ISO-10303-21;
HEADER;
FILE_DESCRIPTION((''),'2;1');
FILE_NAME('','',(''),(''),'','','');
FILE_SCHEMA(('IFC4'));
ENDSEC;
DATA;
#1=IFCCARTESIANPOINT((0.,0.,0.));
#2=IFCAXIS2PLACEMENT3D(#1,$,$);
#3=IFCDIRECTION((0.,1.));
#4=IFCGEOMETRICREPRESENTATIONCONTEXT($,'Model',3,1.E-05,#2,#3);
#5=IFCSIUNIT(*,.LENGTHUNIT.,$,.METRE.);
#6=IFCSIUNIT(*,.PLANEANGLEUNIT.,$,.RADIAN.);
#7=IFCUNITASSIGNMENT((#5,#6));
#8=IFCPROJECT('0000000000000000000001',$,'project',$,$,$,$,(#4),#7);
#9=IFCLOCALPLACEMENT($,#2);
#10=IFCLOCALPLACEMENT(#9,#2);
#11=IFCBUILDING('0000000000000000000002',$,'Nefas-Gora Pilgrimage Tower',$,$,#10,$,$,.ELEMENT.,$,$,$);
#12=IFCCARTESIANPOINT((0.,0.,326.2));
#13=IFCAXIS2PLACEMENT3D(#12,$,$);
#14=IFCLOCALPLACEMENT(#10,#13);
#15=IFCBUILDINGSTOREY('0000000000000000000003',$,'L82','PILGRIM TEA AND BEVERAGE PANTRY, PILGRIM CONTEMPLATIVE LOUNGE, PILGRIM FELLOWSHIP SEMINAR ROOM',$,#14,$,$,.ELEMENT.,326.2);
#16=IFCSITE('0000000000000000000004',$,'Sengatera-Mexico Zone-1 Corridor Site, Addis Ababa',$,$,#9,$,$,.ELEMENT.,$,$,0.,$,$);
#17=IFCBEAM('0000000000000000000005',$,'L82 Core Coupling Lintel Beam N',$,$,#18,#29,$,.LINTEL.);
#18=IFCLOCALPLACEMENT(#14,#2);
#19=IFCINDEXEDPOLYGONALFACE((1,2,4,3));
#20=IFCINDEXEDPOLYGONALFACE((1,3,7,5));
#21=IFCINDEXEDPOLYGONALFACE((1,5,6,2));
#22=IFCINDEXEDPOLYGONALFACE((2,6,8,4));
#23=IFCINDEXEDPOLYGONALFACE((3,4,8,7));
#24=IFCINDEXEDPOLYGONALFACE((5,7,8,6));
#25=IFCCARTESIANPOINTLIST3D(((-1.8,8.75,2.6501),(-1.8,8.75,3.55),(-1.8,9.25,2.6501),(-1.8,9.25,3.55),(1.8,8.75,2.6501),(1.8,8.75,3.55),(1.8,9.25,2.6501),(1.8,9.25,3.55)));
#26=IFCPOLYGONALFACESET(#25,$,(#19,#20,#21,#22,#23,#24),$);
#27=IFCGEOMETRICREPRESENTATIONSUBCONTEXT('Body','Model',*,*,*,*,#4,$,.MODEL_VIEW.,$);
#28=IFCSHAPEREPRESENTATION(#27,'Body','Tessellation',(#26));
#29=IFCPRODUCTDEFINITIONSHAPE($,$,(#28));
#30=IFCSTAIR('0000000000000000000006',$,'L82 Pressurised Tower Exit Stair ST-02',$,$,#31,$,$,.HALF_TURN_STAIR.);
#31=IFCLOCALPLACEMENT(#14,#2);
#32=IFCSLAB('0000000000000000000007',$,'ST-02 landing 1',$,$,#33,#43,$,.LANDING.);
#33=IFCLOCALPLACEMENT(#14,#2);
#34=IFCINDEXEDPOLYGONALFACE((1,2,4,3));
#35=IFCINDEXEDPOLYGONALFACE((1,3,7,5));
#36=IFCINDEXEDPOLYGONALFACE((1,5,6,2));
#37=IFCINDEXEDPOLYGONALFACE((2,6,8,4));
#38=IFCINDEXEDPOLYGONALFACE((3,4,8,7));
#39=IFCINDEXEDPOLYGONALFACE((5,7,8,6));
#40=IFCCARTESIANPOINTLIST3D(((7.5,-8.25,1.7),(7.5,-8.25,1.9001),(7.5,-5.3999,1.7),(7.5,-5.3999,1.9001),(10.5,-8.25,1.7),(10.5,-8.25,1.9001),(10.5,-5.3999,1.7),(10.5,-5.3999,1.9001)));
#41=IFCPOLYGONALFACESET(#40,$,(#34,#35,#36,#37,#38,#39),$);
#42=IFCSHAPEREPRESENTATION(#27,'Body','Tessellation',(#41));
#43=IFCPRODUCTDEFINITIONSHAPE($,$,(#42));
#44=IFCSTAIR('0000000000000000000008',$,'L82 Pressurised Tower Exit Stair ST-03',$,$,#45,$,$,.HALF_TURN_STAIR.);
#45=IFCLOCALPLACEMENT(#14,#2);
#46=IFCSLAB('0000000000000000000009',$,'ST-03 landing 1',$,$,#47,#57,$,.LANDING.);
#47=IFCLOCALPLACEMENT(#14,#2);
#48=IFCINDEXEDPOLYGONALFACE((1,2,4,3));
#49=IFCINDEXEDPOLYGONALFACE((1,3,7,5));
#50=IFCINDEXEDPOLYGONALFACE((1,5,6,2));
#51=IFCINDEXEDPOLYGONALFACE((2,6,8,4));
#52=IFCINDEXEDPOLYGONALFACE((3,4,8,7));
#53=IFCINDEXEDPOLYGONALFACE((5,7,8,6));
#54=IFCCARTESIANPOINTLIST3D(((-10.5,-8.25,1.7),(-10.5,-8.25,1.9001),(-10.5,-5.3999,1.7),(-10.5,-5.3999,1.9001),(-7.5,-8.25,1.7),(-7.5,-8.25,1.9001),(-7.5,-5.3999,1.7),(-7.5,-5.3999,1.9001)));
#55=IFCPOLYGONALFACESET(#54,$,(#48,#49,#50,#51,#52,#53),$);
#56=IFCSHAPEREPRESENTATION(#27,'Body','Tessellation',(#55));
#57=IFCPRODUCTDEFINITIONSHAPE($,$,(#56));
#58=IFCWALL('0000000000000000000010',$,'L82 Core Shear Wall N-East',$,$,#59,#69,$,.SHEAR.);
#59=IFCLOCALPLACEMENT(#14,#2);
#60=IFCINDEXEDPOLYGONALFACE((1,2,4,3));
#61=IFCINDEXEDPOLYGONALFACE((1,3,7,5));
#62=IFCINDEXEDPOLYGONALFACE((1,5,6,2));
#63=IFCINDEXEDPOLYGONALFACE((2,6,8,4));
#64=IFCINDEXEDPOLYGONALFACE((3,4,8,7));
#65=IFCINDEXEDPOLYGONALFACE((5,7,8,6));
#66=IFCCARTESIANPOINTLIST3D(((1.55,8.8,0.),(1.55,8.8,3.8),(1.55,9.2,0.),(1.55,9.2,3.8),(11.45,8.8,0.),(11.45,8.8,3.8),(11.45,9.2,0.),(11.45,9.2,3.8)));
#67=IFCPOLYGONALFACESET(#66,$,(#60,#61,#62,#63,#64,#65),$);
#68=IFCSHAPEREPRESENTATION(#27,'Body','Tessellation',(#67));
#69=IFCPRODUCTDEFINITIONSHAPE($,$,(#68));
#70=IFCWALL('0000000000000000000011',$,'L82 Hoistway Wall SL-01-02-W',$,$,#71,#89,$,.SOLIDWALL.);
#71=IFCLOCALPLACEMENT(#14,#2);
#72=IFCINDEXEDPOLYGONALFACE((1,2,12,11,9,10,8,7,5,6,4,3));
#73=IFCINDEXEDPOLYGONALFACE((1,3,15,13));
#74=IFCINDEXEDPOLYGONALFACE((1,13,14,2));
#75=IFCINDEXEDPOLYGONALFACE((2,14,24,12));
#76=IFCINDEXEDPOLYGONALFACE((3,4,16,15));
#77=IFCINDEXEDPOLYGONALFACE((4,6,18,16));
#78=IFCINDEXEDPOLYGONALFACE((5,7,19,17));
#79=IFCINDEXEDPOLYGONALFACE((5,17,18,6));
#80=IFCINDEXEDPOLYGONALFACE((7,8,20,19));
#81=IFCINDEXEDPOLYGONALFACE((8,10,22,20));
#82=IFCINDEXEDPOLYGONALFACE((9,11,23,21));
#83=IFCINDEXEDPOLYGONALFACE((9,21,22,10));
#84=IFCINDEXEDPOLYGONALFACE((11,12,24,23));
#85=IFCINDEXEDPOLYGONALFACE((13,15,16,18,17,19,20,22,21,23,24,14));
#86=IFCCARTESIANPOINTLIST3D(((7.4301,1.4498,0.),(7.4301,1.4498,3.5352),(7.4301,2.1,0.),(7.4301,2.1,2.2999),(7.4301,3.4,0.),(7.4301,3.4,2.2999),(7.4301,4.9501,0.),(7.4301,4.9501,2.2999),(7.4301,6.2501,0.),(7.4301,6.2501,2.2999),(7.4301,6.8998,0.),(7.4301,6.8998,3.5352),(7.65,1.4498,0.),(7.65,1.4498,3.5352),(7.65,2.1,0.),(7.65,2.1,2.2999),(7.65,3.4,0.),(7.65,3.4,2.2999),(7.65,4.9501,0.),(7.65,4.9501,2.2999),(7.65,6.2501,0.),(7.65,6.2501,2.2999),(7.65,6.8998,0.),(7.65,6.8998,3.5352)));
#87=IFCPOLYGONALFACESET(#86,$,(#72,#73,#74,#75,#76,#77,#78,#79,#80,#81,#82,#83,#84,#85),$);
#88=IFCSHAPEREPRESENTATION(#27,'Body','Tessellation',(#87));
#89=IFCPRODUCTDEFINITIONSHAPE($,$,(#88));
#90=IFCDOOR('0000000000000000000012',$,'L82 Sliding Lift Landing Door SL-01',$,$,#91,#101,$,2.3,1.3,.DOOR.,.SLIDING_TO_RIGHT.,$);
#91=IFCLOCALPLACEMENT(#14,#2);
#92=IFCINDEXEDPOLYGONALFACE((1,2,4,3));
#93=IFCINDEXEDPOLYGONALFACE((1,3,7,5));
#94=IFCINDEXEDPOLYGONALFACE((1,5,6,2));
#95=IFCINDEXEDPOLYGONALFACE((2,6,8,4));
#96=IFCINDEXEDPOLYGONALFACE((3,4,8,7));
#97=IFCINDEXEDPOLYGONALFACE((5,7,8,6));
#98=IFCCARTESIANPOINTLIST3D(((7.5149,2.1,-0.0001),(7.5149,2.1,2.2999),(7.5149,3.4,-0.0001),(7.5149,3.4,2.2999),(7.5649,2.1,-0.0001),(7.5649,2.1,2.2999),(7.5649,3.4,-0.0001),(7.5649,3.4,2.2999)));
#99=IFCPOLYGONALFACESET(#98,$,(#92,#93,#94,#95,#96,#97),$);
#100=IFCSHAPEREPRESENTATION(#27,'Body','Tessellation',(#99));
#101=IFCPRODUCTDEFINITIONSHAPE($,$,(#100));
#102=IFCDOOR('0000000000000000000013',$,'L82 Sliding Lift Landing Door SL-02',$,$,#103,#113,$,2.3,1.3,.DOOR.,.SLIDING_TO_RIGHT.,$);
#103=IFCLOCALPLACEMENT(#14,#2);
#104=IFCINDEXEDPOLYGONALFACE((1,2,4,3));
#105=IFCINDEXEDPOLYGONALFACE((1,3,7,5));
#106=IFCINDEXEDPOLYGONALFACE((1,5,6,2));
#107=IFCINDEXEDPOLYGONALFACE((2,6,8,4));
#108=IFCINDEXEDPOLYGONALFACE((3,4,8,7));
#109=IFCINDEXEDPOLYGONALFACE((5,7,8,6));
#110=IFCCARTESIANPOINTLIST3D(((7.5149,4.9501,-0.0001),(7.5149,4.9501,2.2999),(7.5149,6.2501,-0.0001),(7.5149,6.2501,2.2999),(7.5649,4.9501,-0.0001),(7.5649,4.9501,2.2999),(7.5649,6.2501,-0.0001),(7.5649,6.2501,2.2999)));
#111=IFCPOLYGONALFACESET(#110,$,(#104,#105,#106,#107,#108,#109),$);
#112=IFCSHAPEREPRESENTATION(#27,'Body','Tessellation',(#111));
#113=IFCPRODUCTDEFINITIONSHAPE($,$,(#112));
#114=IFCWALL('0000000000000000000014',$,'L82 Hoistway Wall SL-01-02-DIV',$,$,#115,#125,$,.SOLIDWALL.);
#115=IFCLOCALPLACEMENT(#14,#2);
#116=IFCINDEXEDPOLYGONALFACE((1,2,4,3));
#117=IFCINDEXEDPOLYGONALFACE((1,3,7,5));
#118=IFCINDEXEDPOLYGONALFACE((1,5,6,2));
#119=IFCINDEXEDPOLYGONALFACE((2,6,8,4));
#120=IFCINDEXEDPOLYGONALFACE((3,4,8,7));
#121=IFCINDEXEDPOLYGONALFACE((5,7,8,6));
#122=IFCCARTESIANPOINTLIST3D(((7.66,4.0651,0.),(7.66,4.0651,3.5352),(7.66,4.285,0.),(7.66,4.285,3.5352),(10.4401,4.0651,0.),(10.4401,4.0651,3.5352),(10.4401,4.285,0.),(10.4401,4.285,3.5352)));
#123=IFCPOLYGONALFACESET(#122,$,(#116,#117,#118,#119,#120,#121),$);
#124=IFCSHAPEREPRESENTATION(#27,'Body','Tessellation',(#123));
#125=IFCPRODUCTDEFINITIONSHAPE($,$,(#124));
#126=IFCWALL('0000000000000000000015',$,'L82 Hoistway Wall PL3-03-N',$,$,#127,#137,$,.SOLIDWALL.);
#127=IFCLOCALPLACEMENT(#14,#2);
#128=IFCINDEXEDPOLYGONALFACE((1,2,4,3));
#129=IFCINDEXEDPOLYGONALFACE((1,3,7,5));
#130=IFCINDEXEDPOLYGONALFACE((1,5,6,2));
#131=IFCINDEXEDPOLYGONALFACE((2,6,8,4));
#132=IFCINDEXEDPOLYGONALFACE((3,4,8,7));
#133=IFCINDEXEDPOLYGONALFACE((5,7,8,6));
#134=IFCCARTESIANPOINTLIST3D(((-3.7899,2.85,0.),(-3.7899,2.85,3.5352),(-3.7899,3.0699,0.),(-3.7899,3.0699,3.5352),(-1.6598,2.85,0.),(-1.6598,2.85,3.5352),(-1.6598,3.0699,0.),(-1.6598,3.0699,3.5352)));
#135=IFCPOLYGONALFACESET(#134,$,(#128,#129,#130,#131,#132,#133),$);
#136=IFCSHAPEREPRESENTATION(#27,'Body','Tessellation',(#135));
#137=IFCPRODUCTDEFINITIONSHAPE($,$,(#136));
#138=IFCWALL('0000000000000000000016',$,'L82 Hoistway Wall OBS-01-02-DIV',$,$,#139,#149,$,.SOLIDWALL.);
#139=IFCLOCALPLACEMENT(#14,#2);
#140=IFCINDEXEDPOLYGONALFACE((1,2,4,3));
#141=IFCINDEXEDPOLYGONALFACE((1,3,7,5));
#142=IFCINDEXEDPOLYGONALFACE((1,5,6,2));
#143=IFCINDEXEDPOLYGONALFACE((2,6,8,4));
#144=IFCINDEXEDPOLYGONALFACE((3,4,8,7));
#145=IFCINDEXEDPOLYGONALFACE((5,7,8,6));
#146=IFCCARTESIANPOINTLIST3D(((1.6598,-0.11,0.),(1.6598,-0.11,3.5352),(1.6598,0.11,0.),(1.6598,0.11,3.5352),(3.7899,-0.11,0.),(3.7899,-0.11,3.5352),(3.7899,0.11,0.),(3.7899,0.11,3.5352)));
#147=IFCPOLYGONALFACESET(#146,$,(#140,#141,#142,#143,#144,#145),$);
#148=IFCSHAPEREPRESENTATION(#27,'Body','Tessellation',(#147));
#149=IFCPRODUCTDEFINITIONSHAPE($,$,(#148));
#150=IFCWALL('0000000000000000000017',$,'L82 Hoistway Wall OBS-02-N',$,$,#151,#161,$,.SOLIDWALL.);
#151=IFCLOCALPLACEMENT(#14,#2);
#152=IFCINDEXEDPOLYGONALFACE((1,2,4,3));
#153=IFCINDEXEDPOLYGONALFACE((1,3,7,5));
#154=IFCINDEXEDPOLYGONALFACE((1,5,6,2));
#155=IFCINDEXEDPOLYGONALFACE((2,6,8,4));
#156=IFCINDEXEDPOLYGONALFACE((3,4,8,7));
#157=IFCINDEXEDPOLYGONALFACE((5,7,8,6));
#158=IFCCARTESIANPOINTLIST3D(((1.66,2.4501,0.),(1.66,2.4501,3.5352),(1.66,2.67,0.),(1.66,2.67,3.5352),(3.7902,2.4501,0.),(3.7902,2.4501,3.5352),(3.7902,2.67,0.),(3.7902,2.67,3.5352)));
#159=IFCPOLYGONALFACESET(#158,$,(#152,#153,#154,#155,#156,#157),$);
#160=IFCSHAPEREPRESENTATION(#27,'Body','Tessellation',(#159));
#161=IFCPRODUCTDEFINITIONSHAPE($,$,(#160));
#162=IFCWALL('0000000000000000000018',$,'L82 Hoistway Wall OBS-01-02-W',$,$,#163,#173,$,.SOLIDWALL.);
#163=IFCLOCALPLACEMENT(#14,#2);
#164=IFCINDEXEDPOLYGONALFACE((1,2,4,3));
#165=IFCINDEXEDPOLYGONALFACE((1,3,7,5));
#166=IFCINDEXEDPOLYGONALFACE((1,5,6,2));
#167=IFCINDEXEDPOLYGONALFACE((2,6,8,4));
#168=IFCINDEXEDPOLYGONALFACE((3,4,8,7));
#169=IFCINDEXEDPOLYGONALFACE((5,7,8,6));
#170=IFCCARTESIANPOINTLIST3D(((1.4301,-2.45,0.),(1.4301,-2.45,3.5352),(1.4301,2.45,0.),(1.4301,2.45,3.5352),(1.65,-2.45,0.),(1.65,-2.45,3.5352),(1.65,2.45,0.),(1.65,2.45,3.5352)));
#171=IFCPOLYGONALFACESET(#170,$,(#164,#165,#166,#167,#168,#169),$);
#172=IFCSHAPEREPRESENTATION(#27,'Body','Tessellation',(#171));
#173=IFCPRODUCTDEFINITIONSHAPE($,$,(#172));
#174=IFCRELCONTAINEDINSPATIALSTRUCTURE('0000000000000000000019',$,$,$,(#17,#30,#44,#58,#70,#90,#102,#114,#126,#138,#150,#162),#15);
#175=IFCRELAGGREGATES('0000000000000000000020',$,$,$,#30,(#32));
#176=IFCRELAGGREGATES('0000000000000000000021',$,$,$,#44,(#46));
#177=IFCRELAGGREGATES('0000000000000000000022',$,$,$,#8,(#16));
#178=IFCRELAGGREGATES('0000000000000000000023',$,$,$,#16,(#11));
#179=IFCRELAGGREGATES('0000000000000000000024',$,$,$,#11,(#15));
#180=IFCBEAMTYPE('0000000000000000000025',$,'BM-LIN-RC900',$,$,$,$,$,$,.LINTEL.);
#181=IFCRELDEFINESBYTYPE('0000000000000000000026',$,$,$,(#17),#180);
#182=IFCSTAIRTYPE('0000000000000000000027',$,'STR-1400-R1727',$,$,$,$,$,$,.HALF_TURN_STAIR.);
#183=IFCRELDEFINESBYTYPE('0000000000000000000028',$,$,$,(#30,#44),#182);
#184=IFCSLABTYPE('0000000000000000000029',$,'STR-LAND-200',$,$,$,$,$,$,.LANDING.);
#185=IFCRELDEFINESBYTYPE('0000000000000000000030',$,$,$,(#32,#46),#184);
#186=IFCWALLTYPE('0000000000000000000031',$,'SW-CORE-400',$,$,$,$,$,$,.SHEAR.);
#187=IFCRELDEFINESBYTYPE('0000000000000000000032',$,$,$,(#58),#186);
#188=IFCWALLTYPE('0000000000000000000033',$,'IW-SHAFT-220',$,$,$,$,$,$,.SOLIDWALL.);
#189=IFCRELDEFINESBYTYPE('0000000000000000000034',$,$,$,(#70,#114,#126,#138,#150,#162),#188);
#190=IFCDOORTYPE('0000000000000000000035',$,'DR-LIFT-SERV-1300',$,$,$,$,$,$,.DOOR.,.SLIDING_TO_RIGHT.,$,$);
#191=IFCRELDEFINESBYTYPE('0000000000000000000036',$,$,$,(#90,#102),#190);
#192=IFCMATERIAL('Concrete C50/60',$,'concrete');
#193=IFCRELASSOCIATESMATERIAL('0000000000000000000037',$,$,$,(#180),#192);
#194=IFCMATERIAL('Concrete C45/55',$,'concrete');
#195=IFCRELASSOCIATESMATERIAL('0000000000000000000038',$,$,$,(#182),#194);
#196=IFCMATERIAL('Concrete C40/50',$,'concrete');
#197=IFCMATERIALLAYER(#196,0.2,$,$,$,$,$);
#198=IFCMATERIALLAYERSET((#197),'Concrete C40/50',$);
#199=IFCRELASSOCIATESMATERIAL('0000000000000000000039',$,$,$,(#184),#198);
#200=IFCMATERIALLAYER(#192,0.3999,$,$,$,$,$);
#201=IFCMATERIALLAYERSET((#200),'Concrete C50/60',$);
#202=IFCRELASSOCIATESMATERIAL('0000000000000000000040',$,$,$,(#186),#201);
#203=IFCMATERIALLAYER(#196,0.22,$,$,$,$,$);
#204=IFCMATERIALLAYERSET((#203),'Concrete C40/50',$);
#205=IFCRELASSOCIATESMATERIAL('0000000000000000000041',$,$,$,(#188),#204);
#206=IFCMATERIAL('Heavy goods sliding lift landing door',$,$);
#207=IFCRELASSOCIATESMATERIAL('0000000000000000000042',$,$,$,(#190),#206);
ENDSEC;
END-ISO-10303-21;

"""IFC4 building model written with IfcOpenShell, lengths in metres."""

from ifc_helpers import new_model, si_unit, direction, frame, frame_2d, origin, origin_2d, place, context, subcontext, project, spatial, polyline, rectangle, outline, extrude, source, transform, mapped, material, layer, layer_set, material_profile, profile_set, type_object, element, fill, aggregate, save


model = new_model("IFC4")

# Units and contexts
model_context = context("Model", 3, precision=1e-05, world=origin(), true_north=direction((0.0, 1.0)))
body_context = subcontext(model_context, "Body", "Model", "MODEL_VIEW")
ifc_project = project(units=[si_unit("LENGTHUNIT", "METRE"), si_unit("PLANEANGLEUNIT", "RADIAN")], contexts=[model_context])

# Site, building, storey
site_placement = place(None, origin())
site = spatial("IfcSite", under=ifc_project, at=site_placement, Name="Sengatera-Mexico Zone-1 Corridor Site, Addis Ababa", CompositionType="ELEMENT", RefElevation=0.0)
building_placement = place(site_placement, origin())
building = spatial("IfcBuilding", under=site, at=building_placement, Name="Nefas-Gora Pilgrimage Tower", CompositionType="ELEMENT")
storey_placement = place(building_placement, frame((0.0, 0.0, 326.2)))
storey = spatial("IfcBuildingStorey", under=building, at=storey_placement, Name="L82", Description="PILGRIM TEA AND BEVERAGE PANTRY, PILGRIM CONTEMPLATIVE LOUNGE, PILGRIM FELLOWSHIP SEMINAR ROOM", CompositionType="ELEMENT", Elevation=326.2)

# Beam
ifc_material_1 = material(Name="Concrete C50/60", Category="concrete")
ifc_material_profile = material_profile(ifc_material_1, rectangle(XDim=0.5, YDim=0.8999, at=origin_2d()), Name="RC 500x900")
ifc_profile_set = profile_set([ifc_material_profile], Name="Concrete C50/60")
beam_type = type_object("IfcBeamType", Name="BM-LIN-RC900", PredefinedType="LINTEL", material=ifc_profile_set)
shared_shape_1 = source(origin(), body_context, "Body", "SweptSolid", [
    extrude(rectangle(XDim=0.5, YDim=0.8999, at=origin_2d()), origin(), (0.0, 0.0, 1.0), 3.6001),
])
beam_placement = place(storey_placement, frame((-1.8, 9.0, 3.1001), z_axis=(1.0, 0.0, 0.0), x_axis=(0.0, 1.0, 0.0)))
element("IfcBeam", 1, at=beam_placement, inside=storey, type_object=beam_type, Name="L82 Core Coupling Lintel Beam N", PredefinedType="LINTEL", context=body_context, shape_type="MappedRepresentation", body=[
    mapped(shared_shape_1, transform((0.0, 0.0, 0.0), x_axis=(1.0, 0.0, 0.0), y_axis=(0.0, 1.0, 0.0), z_axis=(0.0, 0.0, 1.0), scale=1.0)),
])

# Stairs, slabs
ifc_material_2 = material(Name="Concrete C45/55", Category="concrete")
stair_type = type_object("IfcStairType", Name="STR-1400-R1727", PredefinedType="HALF_TURN_STAIR", material=ifc_material_2)
stair_1_placement = place(storey_placement, origin())
stair_1 = element("IfcStair", 2, at=stair_1_placement, inside=storey, type_object=stair_type, Name="L82 Pressurised Tower Exit Stair ST-02", PredefinedType="HALF_TURN_STAIR")
ifc_material_3 = material(Name="Concrete C40/50", Category="concrete")
ifc_layer_1 = layer(ifc_material_3, 0.2)
ifc_layer_set_1 = layer_set([ifc_layer_1], Name="Concrete C40/50")
slab_type = type_object("IfcSlabType", Name="STR-LAND-200", PredefinedType="LANDING", material=ifc_layer_set_1)
slab_1_placement = place(storey_placement, frame((0.0, 0.0, 1.7)))
slab_1 = element("IfcSlab", 3, at=slab_1_placement, type_object=slab_type, Name="ST-02 landing 1", PredefinedType="LANDING", context=body_context, shape_type="SweptSolid", body=[
    extrude(outline(polyline([(7.5, -5.3999), (7.5, -8.25), (10.5, -8.25), (10.5, -5.3999), (7.5, -5.3999)])), origin(), (0.0, 0.0, 1.0), 0.2002),
])
aggregate(stair_1, [slab_1])
stair_2_placement = place(storey_placement, origin())
stair_2 = element("IfcStair", 4, at=stair_2_placement, inside=storey, type_object=stair_type, Name="L82 Pressurised Tower Exit Stair ST-03", PredefinedType="HALF_TURN_STAIR")
slab_2_placement = place(storey_placement, frame((0.0, 0.0, 1.7)))
slab_2 = element("IfcSlab", 5, at=slab_2_placement, type_object=slab_type, Name="ST-03 landing 1", PredefinedType="LANDING", context=body_context, shape_type="SweptSolid", body=[
    extrude(outline(polyline([(-10.5, -5.3999), (-10.5, -8.25), (-7.5, -8.25), (-7.5, -5.3999), (-10.5, -5.3999)])), origin(), (0.0, 0.0, 1.0), 0.2002),
])
aggregate(stair_2, [slab_2])

# Wall
ifc_layer_2 = layer(ifc_material_1, 0.3999)
ifc_layer_set_2 = layer_set([ifc_layer_2], Name="Concrete C50/60")
wall_type_1 = type_object("IfcWallType", Name="SW-CORE-400", PredefinedType="SHEAR", material=ifc_layer_set_2)
shared_shape_2 = source(origin(), body_context, "Body", "SweptSolid", [
    extrude(rectangle(XDim=9.8999, YDim=0.3999, at=frame_2d((4.95, 0.0))), origin(), (0.0, 0.0, 1.0), 3.8),
])
wall_1_placement = place(storey_placement, frame((1.55, 9.0, 0.0), z_axis=(0.0, 0.0, 1.0), x_axis=(1.0, 0.0, 0.0)))
element("IfcWall", 6, at=wall_1_placement, inside=storey, type_object=wall_type_1, Name="L82 Core Shear Wall N-East", PredefinedType="SHEAR", context=body_context, shape_type="MappedRepresentation", body=[
    mapped(shared_shape_2, transform((0.0, 0.0, 0.0), x_axis=(1.0, 0.0, 0.0), y_axis=(0.0, 1.0, 0.0), z_axis=(0.0, 0.0, 1.0), scale=1.0)),
])

# Wall, openings, doors
ifc_layer_3 = layer(ifc_material_3, 0.22)
ifc_layer_set_3 = layer_set([ifc_layer_3], Name="Concrete C40/50")
wall_type_2 = type_object("IfcWallType", Name="IW-SHAFT-220", PredefinedType="SOLIDWALL", material=ifc_layer_set_3)
shared_shape_3 = source(origin(), body_context, "Body", "SweptSolid", [
    extrude(rectangle(XDim=5.45, YDim=0.22, at=frame_2d((2.7251, 0.0))), origin(), (0.0, 0.0, 1.0), 3.5352),
])
wall_2_placement = place(storey_placement, frame((7.54, 6.8999, 0.0), z_axis=(0.0, 0.0, 1.0), x_axis=(0.0, -1.0, 0.0)))
wall_2 = element("IfcWall", 7, at=wall_2_placement, inside=storey, type_object=wall_type_2, Name="L82 Hoistway Wall SL-01-02-W", PredefinedType="SOLIDWALL", context=body_context, shape_type="MappedRepresentation", body=[
    mapped(shared_shape_3, transform((0.0, 0.0, 0.0), x_axis=(1.0, 0.0, 0.0), y_axis=(0.0, 1.0, 0.0), z_axis=(0.0, 0.0, 1.0), scale=1.0)),
])
opening_1_placement = place(wall_2_placement, frame((3.5, 0.0, 0.0)))
opening_1 = element("IfcOpeningElement", 8, at=opening_1_placement, cuts=wall_2, PredefinedType="OPENING", context=body_context, shape_type="SweptSolid", body=[
    extrude(rectangle(XDim=1.3, YDim=2.3, at=frame_2d((0.6499, 1.1499))), frame((0.0, 0.1199, 0.0), z_axis=(0.0, -1.0, 0.0), x_axis=(1.0, 0.0, 0.0)), (0.0, 0.0, 1.0), 0.24),
])
opening_2_placement = place(wall_2_placement, frame((0.6499, 0.0, 0.0)))
opening_2 = element("IfcOpeningElement", 9, at=opening_2_placement, cuts=wall_2, PredefinedType="OPENING", context=body_context, shape_type="SweptSolid", body=[
    extrude(rectangle(XDim=1.3, YDim=2.3, at=frame_2d((0.6499, 1.1499))), frame((0.0, 0.1199, 0.0), z_axis=(0.0, -1.0, 0.0), x_axis=(1.0, 0.0, 0.0)), (0.0, 0.0, 1.0), 0.24),
])
ifc_material_4 = material(Name="Heavy goods sliding lift landing door")
door_type_1 = type_object("IfcDoorType", Name="DR-LIFT-SERV-1300", OperationType="SLIDING_TO_RIGHT", PredefinedType="DOOR", material=ifc_material_4)
shared_shape_4 = source(origin(), body_context, "Body", "SweptSolid", [
    extrude(rectangle(XDim=1.3, YDim=2.3, at=frame_2d((0.6499, 1.1499))), frame((0.0, 0.0249, 0.0), z_axis=(0.0, -1.0, 0.0), x_axis=(1.0, 0.0, 0.0)), (0.0, 0.0, 1.0), 0.05),
])
door_1_placement = place(opening_1_placement, origin())
door_1 = element("IfcDoor", 10, at=door_1_placement, inside=storey, type_object=door_type_1, Name="L82 Sliding Lift Landing Door SL-01", OperationType="SLIDING_TO_RIGHT", OverallHeight=2.3, OverallWidth=1.3, PredefinedType="DOOR", context=body_context, shape_type="MappedRepresentation", body=[
    mapped(shared_shape_4, transform((0.0, 0.0, 0.0), x_axis=(1.0, 0.0, 0.0), y_axis=(0.0, 1.0, 0.0), z_axis=(0.0, 0.0, 1.0), scale=1.0)),
])
fill(opening_1, door_1)
door_2_placement = place(opening_2_placement, origin())
door_2 = element("IfcDoor", 11, at=door_2_placement, inside=storey, type_object=door_type_1, Name="L82 Sliding Lift Landing Door SL-02", OperationType="SLIDING_TO_RIGHT", OverallHeight=2.3, OverallWidth=1.3, PredefinedType="DOOR", context=body_context, shape_type="MappedRepresentation", body=[
    mapped(shared_shape_4, transform((0.0, 0.0, 0.0), x_axis=(1.0, 0.0, 0.0), y_axis=(0.0, 1.0, 0.0), z_axis=(0.0, 0.0, 1.0), scale=1.0)),
])
fill(opening_2, door_2)

# Walls
shared_shape_5 = source(origin(), body_context, "Body", "SweptSolid", [
    extrude(rectangle(XDim=2.78, YDim=0.22, at=frame_2d((1.3901, 0.0))), origin(), (0.0, 0.0, 1.0), 3.5352),
])
wall_3_placement = place(storey_placement, frame((7.6599, 4.175, 0.0), z_axis=(0.0, 0.0, 1.0), x_axis=(1.0, 0.0, 0.0)))
element("IfcWall", 12, at=wall_3_placement, inside=storey, type_object=wall_type_2, Name="L82 Hoistway Wall SL-01-02-DIV", PredefinedType="SOLIDWALL", context=body_context, shape_type="MappedRepresentation", body=[
    mapped(shared_shape_5, transform((0.0, 0.0, 0.0), x_axis=(1.0, 0.0, 0.0), y_axis=(0.0, 1.0, 0.0), z_axis=(0.0, 0.0, 1.0), scale=1.0)),
])
shared_shape_6 = source(origin(), body_context, "Body", "SweptSolid", [
    extrude(rectangle(XDim=2.1301, YDim=0.22, at=frame_2d((1.0649, 0.0))), origin(), (0.0, 0.0, 1.0), 3.5352),
])
for number, where, z_axis, x_axis, name in (
    (13, (-1.6599, 2.96, 0.0), (0.0, 0.0, 1.0), (-1.0, 0.0, 0.0), "L82 Hoistway Wall PL3-03-N"),
    (14, (1.6599, 0.0, 0.0), (0.0, 0.0, 1.0), (1.0, 0.0, 0.0), "L82 Hoistway Wall OBS-01-02-DIV"),
    (15, (3.79, 2.5601, 0.0), (0.0, 0.0, 1.0), (-1.0, 0.0, 0.0), "L82 Hoistway Wall OBS-02-N"),
):
    element("IfcWall", number, at=place(storey_placement, frame(where, z_axis=z_axis, x_axis=x_axis)), inside=storey, type_object=wall_type_2, Name=name, PredefinedType="SOLIDWALL", context=body_context, shape_type="MappedRepresentation", body=[
        mapped(shared_shape_6, transform((0.0, 0.0, 0.0), x_axis=(1.0, 0.0, 0.0), y_axis=(0.0, 1.0, 0.0), z_axis=(0.0, 0.0, 1.0), scale=1.0)),
    ])
shared_shape_7 = source(origin(), body_context, "Body", "SweptSolid", [
    extrude(rectangle(XDim=4.8999, YDim=0.22, at=frame_2d((2.45, 0.0))), origin(), (0.0, 0.0, 1.0), 3.5352),
])
wall_4_placement = place(storey_placement, frame((1.54, 2.45, 0.0), z_axis=(0.0, 0.0, 1.0), x_axis=(0.0, -1.0, 0.0)))
element("IfcWall", 16, at=wall_4_placement, inside=storey, type_object=wall_type_2, Name="L82 Hoistway Wall OBS-01-02-W", PredefinedType="SOLIDWALL", context=body_context, shape_type="MappedRepresentation", body=[
    mapped(shared_shape_7, transform((0.0, 0.0, 0.0), x_axis=(1.0, 0.0, 0.0), y_axis=(0.0, 1.0, 0.0), z_axis=(0.0, 0.0, 1.0), scale=1.0)),
])

save(model, "model.ifc")
